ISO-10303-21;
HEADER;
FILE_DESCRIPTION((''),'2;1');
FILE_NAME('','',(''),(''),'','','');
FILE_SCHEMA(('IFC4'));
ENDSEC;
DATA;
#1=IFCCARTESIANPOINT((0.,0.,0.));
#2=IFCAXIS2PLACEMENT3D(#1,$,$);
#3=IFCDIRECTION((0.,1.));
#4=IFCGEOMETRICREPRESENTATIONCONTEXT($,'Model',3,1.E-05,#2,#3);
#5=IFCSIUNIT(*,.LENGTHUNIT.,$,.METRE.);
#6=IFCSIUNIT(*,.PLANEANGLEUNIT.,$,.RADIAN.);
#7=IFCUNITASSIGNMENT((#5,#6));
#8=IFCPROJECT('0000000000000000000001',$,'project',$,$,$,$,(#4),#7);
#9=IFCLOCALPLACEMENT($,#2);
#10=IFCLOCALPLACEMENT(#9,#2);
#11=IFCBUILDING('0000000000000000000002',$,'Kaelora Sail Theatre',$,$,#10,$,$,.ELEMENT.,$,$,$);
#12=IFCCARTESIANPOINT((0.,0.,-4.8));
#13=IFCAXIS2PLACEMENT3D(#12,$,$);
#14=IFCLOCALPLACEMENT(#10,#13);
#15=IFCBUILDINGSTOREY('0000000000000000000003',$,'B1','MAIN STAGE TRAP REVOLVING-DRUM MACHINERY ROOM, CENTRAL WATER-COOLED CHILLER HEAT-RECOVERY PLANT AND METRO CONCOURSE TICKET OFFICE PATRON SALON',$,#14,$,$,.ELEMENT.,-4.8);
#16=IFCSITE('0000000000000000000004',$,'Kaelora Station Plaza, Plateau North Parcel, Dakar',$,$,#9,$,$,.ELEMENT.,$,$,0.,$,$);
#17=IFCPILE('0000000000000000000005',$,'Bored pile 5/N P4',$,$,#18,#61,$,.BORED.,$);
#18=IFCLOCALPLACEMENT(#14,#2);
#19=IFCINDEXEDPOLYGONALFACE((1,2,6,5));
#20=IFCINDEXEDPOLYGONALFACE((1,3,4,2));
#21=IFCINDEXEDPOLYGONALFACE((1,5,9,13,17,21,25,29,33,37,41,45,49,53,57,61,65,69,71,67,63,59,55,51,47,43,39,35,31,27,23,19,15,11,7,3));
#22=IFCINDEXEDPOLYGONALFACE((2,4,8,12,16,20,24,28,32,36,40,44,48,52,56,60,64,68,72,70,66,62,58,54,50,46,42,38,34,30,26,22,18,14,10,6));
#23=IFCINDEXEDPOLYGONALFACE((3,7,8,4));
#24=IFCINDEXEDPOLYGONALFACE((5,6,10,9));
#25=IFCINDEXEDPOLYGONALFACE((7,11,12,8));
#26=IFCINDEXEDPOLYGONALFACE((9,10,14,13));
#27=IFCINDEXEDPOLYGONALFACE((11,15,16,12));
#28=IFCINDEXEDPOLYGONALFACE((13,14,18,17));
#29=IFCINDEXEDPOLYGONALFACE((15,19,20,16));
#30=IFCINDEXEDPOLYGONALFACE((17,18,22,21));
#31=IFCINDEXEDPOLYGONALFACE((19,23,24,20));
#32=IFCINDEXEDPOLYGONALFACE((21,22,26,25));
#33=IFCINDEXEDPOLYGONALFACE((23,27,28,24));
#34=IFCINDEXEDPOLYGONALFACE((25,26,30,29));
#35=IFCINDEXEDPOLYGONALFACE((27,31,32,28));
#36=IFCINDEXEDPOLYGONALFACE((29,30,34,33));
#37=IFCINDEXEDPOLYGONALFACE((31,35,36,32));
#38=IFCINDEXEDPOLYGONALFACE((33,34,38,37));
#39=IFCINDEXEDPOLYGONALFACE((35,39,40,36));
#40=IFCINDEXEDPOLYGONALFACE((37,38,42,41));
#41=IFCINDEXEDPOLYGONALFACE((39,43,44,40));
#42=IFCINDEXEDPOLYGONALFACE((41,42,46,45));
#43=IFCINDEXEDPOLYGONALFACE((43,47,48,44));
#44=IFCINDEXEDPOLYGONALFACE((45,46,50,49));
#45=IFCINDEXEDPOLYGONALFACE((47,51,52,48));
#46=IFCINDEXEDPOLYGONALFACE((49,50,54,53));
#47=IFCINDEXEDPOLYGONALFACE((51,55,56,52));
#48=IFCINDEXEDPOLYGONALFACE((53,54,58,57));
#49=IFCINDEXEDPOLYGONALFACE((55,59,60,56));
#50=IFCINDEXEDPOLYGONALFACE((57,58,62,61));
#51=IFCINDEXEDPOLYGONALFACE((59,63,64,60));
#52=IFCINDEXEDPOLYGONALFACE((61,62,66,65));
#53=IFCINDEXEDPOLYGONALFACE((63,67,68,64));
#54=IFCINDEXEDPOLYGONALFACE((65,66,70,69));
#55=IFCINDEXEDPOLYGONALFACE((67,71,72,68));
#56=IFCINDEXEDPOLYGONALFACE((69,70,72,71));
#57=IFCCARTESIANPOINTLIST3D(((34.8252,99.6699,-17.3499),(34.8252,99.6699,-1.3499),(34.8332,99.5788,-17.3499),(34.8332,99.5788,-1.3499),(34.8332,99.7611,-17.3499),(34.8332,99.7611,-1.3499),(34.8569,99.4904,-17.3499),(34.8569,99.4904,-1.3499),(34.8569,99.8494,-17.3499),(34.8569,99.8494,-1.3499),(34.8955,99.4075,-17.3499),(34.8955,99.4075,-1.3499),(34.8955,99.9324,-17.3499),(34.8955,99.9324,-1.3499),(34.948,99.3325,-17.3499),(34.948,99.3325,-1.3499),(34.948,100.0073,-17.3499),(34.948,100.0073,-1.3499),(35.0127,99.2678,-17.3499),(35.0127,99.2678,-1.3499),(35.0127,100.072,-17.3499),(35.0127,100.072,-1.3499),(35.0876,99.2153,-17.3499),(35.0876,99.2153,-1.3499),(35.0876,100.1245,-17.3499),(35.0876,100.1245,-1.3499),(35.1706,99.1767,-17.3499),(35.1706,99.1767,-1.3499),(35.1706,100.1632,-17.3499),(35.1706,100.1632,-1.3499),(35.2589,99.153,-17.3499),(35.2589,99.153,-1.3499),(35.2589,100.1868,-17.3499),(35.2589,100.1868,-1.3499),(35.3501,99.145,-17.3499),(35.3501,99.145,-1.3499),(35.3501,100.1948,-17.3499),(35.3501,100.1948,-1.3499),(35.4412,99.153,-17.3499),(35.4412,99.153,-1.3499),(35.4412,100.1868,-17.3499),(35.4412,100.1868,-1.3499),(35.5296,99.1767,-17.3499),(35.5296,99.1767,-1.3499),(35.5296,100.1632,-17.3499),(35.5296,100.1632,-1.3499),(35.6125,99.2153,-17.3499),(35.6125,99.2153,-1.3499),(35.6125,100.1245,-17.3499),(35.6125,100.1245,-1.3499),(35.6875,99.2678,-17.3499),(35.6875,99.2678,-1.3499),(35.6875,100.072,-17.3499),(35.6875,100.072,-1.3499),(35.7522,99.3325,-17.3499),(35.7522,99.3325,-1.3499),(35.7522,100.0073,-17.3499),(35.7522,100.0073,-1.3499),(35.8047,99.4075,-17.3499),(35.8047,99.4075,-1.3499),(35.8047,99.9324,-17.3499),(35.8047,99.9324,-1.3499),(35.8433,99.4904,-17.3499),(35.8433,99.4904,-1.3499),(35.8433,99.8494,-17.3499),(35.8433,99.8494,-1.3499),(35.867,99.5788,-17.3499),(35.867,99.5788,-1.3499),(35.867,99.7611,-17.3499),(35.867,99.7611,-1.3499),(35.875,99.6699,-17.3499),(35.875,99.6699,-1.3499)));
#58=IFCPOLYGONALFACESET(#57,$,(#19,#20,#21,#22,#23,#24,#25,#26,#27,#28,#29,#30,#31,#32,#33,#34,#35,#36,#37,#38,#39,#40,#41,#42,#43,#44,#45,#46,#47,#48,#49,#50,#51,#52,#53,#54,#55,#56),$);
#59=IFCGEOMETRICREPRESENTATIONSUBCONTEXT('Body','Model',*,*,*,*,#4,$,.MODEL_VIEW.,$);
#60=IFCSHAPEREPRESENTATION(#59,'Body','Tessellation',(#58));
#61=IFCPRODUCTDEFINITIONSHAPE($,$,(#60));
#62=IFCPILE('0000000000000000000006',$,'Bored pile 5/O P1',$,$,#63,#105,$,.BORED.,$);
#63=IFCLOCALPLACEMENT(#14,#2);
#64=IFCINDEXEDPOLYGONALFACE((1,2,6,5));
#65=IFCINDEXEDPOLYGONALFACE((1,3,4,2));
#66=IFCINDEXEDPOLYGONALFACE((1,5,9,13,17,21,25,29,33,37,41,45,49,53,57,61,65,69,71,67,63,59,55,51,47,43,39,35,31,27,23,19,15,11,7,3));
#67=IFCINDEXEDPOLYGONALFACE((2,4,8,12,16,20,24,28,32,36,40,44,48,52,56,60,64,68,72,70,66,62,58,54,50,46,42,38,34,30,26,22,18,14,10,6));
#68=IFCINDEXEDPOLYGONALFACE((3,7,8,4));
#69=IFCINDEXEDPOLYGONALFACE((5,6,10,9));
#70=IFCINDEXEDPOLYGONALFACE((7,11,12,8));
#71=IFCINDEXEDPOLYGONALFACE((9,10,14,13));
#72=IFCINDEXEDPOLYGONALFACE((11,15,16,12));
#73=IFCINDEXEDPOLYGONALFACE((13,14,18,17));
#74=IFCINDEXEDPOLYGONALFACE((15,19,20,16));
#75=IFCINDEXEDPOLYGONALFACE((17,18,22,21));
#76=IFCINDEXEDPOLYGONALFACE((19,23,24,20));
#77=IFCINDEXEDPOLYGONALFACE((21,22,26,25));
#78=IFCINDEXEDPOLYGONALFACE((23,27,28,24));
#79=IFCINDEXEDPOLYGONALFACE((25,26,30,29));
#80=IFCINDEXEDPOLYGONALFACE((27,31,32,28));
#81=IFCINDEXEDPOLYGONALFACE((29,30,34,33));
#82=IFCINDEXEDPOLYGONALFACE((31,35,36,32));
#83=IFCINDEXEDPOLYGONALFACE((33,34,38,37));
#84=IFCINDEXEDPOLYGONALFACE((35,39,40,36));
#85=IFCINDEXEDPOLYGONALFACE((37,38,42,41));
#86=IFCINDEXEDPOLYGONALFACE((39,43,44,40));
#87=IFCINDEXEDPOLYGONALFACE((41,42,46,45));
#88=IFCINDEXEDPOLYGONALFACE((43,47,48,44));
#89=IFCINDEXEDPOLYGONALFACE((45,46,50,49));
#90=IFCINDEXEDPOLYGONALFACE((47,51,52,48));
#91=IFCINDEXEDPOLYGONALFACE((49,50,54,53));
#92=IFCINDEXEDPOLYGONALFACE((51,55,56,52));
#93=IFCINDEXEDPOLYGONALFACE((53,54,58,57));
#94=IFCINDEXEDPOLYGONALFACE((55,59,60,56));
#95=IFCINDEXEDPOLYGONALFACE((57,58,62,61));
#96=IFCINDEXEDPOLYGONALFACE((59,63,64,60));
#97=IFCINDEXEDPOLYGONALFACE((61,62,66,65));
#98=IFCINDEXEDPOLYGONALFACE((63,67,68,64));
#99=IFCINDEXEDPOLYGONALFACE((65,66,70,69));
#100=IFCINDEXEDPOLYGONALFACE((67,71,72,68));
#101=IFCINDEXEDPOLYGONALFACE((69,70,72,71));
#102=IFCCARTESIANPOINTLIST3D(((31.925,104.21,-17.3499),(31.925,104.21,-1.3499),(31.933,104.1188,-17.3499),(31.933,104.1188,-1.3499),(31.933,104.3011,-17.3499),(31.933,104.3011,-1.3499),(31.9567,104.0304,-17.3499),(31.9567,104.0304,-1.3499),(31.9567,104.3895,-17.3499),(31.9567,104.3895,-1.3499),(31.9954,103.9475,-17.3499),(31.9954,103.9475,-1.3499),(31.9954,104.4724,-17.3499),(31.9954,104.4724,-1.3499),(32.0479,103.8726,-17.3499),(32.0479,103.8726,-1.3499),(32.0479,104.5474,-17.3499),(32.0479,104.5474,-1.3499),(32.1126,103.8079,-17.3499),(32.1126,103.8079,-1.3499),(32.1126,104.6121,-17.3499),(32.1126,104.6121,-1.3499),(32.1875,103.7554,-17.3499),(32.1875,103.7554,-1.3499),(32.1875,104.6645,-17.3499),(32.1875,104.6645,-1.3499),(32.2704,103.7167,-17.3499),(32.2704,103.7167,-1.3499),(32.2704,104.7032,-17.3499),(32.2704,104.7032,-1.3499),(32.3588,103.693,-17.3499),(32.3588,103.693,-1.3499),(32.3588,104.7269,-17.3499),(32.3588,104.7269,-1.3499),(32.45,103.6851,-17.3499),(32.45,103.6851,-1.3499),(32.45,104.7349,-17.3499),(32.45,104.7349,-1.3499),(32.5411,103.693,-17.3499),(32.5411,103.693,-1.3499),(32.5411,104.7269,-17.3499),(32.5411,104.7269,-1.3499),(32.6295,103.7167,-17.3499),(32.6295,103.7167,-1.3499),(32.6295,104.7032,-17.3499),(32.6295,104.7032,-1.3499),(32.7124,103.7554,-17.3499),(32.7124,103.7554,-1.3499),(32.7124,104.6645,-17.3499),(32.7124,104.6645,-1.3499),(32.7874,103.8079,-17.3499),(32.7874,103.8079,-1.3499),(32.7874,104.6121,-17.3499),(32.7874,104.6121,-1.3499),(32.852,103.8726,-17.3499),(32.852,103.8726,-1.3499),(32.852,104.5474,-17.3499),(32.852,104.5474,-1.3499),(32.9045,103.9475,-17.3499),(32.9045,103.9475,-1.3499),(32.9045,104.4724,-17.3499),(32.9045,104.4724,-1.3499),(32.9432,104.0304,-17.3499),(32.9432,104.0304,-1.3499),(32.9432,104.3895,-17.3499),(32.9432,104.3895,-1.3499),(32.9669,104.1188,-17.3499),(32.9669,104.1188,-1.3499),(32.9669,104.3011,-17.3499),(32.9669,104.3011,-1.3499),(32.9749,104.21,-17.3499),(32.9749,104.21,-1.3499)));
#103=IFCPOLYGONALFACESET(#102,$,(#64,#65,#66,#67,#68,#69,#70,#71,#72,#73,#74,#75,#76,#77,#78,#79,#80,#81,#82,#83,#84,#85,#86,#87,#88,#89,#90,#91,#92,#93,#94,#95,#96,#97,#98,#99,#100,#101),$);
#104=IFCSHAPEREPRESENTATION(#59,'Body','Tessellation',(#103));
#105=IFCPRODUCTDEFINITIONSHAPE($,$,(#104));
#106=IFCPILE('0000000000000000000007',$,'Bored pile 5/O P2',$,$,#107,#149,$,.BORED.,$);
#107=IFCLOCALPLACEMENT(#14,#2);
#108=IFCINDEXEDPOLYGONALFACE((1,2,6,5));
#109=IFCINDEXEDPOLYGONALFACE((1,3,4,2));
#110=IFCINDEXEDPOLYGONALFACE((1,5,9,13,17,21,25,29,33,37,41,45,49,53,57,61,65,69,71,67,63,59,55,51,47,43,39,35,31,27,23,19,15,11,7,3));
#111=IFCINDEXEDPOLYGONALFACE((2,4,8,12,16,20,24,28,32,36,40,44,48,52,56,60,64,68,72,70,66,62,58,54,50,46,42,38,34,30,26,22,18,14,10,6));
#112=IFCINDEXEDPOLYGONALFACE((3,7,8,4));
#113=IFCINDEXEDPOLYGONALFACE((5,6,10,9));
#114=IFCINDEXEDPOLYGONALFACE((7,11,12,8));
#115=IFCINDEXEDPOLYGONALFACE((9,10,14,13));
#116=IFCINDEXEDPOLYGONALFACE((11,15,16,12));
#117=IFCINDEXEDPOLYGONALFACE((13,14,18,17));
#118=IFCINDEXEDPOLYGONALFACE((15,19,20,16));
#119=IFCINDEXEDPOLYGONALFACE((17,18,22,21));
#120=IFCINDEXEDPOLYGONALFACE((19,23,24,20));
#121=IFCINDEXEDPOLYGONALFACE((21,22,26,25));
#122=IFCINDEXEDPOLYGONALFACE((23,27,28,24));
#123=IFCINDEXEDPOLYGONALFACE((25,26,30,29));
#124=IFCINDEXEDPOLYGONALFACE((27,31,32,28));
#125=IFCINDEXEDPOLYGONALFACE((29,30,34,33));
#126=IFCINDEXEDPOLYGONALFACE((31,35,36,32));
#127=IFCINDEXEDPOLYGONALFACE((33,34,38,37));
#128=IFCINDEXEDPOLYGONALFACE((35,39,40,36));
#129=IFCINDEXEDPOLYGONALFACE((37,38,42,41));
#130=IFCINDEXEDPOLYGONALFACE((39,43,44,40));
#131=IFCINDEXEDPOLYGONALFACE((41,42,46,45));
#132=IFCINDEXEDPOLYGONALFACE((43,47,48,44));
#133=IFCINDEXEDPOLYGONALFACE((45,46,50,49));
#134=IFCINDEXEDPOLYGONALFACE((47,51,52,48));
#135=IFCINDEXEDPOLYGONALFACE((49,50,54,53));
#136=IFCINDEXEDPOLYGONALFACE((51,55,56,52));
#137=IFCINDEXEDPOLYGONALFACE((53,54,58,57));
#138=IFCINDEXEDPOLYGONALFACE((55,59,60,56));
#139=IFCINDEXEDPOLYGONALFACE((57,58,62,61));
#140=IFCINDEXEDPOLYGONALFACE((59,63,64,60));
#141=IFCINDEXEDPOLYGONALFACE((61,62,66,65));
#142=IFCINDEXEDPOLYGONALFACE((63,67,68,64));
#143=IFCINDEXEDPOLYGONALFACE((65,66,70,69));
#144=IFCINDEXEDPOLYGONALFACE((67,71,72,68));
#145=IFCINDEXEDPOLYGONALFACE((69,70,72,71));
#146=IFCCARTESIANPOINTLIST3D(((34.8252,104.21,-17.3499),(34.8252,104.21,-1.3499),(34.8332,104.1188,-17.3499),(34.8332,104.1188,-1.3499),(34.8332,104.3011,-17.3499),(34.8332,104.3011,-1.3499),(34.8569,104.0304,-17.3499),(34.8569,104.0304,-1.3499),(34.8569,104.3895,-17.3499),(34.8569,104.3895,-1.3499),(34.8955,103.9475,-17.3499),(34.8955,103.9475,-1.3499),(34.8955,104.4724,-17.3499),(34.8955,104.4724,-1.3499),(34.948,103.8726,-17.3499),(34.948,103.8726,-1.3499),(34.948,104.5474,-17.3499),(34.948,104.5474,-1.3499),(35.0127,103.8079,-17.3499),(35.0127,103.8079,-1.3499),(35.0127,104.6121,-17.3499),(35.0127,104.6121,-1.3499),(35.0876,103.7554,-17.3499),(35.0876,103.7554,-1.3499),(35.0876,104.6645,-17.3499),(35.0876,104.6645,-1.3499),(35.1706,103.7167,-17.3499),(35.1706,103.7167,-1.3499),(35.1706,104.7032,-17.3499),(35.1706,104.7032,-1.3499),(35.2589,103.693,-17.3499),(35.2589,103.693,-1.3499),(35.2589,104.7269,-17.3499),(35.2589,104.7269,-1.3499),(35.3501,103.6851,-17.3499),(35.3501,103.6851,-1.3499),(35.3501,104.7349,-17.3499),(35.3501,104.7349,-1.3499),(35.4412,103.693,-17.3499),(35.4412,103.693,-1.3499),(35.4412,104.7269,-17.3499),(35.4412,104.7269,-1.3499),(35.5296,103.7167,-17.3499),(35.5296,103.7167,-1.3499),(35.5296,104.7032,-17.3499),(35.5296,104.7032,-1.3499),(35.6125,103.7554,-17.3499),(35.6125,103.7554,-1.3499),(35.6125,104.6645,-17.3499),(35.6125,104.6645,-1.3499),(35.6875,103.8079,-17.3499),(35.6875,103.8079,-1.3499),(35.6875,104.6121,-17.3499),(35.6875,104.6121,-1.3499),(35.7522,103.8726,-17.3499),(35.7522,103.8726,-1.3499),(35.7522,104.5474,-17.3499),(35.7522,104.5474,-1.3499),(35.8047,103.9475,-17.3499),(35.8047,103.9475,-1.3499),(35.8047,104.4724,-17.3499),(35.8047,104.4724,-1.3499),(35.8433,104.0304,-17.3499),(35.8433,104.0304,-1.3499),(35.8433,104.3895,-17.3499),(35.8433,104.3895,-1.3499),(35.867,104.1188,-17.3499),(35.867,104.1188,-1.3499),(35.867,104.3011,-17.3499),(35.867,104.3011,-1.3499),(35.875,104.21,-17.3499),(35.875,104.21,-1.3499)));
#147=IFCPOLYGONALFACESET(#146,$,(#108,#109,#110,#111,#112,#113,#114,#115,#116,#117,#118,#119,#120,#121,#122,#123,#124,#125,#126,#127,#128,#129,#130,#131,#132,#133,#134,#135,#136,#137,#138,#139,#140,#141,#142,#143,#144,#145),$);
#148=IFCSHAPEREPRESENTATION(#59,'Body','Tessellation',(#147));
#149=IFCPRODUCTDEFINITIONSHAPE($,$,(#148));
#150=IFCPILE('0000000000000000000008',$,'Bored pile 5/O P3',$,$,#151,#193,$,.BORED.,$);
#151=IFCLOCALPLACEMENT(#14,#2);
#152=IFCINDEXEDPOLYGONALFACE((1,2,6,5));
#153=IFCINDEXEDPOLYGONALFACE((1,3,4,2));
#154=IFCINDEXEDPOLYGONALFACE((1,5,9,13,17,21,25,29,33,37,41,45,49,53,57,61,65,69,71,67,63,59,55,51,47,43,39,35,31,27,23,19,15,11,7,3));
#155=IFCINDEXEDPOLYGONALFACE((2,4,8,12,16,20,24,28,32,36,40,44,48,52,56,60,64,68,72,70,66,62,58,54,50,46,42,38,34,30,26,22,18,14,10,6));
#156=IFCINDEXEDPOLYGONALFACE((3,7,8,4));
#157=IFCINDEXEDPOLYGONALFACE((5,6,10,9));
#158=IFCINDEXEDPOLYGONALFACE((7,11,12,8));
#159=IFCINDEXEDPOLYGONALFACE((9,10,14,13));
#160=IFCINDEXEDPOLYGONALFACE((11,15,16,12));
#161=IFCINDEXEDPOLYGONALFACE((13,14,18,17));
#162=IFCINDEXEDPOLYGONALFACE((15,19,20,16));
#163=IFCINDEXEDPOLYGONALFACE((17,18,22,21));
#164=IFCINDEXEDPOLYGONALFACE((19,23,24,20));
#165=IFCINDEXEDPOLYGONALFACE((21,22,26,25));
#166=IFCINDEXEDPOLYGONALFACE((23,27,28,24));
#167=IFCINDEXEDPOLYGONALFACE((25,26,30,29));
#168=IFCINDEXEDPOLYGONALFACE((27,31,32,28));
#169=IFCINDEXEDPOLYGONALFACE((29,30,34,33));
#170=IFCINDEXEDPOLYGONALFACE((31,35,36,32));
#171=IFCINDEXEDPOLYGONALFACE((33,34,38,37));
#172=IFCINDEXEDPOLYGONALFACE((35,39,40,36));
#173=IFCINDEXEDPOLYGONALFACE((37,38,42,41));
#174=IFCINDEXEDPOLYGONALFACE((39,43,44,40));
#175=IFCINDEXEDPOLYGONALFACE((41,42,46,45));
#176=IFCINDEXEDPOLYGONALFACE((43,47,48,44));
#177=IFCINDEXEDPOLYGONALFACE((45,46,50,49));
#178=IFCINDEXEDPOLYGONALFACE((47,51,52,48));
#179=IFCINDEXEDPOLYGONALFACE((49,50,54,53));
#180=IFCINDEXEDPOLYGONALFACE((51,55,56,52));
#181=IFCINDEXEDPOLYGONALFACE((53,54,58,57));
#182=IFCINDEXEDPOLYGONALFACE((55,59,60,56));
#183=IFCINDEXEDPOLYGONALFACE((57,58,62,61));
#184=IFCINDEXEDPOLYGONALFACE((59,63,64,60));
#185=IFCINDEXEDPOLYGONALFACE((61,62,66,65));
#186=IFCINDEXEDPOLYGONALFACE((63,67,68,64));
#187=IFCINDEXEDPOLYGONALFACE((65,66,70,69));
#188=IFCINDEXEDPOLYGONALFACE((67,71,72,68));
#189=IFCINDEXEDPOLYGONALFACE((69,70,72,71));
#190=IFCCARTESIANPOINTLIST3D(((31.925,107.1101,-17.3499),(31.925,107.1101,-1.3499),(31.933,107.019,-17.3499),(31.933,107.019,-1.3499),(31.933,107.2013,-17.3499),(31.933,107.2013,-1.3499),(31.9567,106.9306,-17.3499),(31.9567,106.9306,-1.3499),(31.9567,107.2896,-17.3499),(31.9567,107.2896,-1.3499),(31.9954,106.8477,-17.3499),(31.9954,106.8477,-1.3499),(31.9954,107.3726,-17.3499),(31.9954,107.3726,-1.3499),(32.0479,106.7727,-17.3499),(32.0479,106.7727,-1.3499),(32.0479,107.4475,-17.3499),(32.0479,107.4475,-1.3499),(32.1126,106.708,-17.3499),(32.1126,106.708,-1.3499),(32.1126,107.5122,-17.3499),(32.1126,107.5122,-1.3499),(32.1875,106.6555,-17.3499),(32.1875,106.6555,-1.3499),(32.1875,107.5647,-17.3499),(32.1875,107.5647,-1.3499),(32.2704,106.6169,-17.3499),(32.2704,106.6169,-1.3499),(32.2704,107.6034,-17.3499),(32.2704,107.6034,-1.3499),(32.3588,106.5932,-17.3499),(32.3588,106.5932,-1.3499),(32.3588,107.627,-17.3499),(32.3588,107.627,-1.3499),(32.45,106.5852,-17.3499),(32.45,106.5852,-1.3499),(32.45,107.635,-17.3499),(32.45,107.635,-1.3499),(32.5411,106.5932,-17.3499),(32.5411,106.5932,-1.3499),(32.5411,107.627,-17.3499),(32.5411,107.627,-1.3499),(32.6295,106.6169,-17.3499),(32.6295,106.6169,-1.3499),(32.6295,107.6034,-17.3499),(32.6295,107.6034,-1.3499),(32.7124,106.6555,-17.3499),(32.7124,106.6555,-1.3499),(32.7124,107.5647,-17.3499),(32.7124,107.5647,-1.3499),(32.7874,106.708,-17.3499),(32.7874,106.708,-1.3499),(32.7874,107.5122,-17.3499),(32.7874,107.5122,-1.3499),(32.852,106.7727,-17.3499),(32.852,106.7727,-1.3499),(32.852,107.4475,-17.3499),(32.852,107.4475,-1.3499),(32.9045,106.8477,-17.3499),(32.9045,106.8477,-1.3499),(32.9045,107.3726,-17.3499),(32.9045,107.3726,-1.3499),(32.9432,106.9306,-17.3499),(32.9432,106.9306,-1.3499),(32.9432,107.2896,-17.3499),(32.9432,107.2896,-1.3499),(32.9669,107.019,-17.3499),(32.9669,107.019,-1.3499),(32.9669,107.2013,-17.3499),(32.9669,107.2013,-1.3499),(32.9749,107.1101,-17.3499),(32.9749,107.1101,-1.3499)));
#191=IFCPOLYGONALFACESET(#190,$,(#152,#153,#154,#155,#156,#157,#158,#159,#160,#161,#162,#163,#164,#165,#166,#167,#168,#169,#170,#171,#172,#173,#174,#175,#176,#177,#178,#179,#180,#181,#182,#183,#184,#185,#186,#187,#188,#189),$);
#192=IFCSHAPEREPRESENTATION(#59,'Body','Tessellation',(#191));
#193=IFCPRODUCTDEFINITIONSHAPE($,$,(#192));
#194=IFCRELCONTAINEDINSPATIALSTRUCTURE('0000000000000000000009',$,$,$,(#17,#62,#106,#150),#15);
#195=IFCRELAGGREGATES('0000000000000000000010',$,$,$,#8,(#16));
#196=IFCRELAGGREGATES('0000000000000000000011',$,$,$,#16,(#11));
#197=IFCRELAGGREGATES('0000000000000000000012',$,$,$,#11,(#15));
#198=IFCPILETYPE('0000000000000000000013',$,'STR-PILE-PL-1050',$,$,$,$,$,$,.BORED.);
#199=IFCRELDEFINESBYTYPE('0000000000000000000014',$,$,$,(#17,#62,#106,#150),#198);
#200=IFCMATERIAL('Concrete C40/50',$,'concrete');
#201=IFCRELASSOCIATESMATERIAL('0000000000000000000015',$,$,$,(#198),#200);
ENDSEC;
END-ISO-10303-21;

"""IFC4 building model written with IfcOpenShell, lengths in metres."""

from ifc_helpers import new_model, si_unit, direction, frame, origin, origin_2d, place, context, subcontext, project, spatial, circle, extrude, material, material_profile, profile_set, type_object, element, save


model = new_model("IFC4")

# Units and contexts
model_context = context("Model", 3, precision=1e-05, world=origin(), true_north=direction((0.0, 1.0)))
body_context = subcontext(model_context, "Body", "Model", "MODEL_VIEW")
ifc_project = project(units=[si_unit("LENGTHUNIT", "METRE"), si_unit("PLANEANGLEUNIT", "RADIAN")], contexts=[model_context])

# Site, building, storey
site_placement = place(None, origin())
site = spatial("IfcSite", under=ifc_project, at=site_placement, Name="Kaelora Station Plaza, Plateau North Parcel, Dakar", CompositionType="ELEMENT", RefElevation=0.0)
building_placement = place(site_placement, origin())
building = spatial("IfcBuilding", under=site, at=building_placement, Name="Kaelora Sail Theatre", CompositionType="ELEMENT")
storey_placement = place(building_placement, frame((0.0, 0.0, -4.8)))
storey = spatial("IfcBuildingStorey", under=building, at=storey_placement, Name="B1", Description="MAIN STAGE TRAP REVOLVING-DRUM MACHINERY ROOM, CENTRAL WATER-COOLED CHILLER HEAT-RECOVERY PLANT AND METRO CONCOURSE TICKET OFFICE PATRON SALON", CompositionType="ELEMENT", Elevation=-4.8)

# Piles
ifc_material_1 = material(Name="Concrete C40/50", Category="concrete")
ifc_material_profile_1 = material_profile(ifc_material_1, circle(Radius=0.5249, at=origin_2d()), Name="PILE D1050")
ifc_profile_set_1 = profile_set([ifc_material_profile_1], Name="Concrete C40/50")
pile_type_1 = type_object("IfcPileType", Name="STR-PILE-PL-1050", PredefinedType="BORED", material=ifc_profile_set_1)
for number, where, z_axis, x_axis, name in (
    (1, (35.3501, 99.6699, -1.3499), (0.0, 0.0, -1.0), (1.0, 0.0, 0.0), "Bored pile 5/N P4"),
    (2, (32.45, 104.21, -1.3499), (0.0, 0.0, -1.0), (1.0, 0.0, 0.0), "Bored pile 5/O P1"),
    (3, (35.3501, 104.21, -1.3499), (0.0, 0.0, -1.0), (1.0, 0.0, 0.0), "Bored pile 5/O P2"),
    (4, (32.45, 107.1101, -1.3499), (0.0, 0.0, -1.0), (1.0, 0.0, 0.0), "Bored pile 5/O P3"),
):
    element("IfcPile", number, at=place(storey_placement, frame(where, z_axis=z_axis, x_axis=x_axis)), inside=storey, type_object=pile_type_1, Name=name, PredefinedType="BORED", context=body_context, shape_type="SweptSolid", body=[
        extrude(circle(Radius=0.5249, at=origin_2d()), origin(), (0.0, 0.0, 1.0), 16.0),
    ])

save(model, "model.ifc")
